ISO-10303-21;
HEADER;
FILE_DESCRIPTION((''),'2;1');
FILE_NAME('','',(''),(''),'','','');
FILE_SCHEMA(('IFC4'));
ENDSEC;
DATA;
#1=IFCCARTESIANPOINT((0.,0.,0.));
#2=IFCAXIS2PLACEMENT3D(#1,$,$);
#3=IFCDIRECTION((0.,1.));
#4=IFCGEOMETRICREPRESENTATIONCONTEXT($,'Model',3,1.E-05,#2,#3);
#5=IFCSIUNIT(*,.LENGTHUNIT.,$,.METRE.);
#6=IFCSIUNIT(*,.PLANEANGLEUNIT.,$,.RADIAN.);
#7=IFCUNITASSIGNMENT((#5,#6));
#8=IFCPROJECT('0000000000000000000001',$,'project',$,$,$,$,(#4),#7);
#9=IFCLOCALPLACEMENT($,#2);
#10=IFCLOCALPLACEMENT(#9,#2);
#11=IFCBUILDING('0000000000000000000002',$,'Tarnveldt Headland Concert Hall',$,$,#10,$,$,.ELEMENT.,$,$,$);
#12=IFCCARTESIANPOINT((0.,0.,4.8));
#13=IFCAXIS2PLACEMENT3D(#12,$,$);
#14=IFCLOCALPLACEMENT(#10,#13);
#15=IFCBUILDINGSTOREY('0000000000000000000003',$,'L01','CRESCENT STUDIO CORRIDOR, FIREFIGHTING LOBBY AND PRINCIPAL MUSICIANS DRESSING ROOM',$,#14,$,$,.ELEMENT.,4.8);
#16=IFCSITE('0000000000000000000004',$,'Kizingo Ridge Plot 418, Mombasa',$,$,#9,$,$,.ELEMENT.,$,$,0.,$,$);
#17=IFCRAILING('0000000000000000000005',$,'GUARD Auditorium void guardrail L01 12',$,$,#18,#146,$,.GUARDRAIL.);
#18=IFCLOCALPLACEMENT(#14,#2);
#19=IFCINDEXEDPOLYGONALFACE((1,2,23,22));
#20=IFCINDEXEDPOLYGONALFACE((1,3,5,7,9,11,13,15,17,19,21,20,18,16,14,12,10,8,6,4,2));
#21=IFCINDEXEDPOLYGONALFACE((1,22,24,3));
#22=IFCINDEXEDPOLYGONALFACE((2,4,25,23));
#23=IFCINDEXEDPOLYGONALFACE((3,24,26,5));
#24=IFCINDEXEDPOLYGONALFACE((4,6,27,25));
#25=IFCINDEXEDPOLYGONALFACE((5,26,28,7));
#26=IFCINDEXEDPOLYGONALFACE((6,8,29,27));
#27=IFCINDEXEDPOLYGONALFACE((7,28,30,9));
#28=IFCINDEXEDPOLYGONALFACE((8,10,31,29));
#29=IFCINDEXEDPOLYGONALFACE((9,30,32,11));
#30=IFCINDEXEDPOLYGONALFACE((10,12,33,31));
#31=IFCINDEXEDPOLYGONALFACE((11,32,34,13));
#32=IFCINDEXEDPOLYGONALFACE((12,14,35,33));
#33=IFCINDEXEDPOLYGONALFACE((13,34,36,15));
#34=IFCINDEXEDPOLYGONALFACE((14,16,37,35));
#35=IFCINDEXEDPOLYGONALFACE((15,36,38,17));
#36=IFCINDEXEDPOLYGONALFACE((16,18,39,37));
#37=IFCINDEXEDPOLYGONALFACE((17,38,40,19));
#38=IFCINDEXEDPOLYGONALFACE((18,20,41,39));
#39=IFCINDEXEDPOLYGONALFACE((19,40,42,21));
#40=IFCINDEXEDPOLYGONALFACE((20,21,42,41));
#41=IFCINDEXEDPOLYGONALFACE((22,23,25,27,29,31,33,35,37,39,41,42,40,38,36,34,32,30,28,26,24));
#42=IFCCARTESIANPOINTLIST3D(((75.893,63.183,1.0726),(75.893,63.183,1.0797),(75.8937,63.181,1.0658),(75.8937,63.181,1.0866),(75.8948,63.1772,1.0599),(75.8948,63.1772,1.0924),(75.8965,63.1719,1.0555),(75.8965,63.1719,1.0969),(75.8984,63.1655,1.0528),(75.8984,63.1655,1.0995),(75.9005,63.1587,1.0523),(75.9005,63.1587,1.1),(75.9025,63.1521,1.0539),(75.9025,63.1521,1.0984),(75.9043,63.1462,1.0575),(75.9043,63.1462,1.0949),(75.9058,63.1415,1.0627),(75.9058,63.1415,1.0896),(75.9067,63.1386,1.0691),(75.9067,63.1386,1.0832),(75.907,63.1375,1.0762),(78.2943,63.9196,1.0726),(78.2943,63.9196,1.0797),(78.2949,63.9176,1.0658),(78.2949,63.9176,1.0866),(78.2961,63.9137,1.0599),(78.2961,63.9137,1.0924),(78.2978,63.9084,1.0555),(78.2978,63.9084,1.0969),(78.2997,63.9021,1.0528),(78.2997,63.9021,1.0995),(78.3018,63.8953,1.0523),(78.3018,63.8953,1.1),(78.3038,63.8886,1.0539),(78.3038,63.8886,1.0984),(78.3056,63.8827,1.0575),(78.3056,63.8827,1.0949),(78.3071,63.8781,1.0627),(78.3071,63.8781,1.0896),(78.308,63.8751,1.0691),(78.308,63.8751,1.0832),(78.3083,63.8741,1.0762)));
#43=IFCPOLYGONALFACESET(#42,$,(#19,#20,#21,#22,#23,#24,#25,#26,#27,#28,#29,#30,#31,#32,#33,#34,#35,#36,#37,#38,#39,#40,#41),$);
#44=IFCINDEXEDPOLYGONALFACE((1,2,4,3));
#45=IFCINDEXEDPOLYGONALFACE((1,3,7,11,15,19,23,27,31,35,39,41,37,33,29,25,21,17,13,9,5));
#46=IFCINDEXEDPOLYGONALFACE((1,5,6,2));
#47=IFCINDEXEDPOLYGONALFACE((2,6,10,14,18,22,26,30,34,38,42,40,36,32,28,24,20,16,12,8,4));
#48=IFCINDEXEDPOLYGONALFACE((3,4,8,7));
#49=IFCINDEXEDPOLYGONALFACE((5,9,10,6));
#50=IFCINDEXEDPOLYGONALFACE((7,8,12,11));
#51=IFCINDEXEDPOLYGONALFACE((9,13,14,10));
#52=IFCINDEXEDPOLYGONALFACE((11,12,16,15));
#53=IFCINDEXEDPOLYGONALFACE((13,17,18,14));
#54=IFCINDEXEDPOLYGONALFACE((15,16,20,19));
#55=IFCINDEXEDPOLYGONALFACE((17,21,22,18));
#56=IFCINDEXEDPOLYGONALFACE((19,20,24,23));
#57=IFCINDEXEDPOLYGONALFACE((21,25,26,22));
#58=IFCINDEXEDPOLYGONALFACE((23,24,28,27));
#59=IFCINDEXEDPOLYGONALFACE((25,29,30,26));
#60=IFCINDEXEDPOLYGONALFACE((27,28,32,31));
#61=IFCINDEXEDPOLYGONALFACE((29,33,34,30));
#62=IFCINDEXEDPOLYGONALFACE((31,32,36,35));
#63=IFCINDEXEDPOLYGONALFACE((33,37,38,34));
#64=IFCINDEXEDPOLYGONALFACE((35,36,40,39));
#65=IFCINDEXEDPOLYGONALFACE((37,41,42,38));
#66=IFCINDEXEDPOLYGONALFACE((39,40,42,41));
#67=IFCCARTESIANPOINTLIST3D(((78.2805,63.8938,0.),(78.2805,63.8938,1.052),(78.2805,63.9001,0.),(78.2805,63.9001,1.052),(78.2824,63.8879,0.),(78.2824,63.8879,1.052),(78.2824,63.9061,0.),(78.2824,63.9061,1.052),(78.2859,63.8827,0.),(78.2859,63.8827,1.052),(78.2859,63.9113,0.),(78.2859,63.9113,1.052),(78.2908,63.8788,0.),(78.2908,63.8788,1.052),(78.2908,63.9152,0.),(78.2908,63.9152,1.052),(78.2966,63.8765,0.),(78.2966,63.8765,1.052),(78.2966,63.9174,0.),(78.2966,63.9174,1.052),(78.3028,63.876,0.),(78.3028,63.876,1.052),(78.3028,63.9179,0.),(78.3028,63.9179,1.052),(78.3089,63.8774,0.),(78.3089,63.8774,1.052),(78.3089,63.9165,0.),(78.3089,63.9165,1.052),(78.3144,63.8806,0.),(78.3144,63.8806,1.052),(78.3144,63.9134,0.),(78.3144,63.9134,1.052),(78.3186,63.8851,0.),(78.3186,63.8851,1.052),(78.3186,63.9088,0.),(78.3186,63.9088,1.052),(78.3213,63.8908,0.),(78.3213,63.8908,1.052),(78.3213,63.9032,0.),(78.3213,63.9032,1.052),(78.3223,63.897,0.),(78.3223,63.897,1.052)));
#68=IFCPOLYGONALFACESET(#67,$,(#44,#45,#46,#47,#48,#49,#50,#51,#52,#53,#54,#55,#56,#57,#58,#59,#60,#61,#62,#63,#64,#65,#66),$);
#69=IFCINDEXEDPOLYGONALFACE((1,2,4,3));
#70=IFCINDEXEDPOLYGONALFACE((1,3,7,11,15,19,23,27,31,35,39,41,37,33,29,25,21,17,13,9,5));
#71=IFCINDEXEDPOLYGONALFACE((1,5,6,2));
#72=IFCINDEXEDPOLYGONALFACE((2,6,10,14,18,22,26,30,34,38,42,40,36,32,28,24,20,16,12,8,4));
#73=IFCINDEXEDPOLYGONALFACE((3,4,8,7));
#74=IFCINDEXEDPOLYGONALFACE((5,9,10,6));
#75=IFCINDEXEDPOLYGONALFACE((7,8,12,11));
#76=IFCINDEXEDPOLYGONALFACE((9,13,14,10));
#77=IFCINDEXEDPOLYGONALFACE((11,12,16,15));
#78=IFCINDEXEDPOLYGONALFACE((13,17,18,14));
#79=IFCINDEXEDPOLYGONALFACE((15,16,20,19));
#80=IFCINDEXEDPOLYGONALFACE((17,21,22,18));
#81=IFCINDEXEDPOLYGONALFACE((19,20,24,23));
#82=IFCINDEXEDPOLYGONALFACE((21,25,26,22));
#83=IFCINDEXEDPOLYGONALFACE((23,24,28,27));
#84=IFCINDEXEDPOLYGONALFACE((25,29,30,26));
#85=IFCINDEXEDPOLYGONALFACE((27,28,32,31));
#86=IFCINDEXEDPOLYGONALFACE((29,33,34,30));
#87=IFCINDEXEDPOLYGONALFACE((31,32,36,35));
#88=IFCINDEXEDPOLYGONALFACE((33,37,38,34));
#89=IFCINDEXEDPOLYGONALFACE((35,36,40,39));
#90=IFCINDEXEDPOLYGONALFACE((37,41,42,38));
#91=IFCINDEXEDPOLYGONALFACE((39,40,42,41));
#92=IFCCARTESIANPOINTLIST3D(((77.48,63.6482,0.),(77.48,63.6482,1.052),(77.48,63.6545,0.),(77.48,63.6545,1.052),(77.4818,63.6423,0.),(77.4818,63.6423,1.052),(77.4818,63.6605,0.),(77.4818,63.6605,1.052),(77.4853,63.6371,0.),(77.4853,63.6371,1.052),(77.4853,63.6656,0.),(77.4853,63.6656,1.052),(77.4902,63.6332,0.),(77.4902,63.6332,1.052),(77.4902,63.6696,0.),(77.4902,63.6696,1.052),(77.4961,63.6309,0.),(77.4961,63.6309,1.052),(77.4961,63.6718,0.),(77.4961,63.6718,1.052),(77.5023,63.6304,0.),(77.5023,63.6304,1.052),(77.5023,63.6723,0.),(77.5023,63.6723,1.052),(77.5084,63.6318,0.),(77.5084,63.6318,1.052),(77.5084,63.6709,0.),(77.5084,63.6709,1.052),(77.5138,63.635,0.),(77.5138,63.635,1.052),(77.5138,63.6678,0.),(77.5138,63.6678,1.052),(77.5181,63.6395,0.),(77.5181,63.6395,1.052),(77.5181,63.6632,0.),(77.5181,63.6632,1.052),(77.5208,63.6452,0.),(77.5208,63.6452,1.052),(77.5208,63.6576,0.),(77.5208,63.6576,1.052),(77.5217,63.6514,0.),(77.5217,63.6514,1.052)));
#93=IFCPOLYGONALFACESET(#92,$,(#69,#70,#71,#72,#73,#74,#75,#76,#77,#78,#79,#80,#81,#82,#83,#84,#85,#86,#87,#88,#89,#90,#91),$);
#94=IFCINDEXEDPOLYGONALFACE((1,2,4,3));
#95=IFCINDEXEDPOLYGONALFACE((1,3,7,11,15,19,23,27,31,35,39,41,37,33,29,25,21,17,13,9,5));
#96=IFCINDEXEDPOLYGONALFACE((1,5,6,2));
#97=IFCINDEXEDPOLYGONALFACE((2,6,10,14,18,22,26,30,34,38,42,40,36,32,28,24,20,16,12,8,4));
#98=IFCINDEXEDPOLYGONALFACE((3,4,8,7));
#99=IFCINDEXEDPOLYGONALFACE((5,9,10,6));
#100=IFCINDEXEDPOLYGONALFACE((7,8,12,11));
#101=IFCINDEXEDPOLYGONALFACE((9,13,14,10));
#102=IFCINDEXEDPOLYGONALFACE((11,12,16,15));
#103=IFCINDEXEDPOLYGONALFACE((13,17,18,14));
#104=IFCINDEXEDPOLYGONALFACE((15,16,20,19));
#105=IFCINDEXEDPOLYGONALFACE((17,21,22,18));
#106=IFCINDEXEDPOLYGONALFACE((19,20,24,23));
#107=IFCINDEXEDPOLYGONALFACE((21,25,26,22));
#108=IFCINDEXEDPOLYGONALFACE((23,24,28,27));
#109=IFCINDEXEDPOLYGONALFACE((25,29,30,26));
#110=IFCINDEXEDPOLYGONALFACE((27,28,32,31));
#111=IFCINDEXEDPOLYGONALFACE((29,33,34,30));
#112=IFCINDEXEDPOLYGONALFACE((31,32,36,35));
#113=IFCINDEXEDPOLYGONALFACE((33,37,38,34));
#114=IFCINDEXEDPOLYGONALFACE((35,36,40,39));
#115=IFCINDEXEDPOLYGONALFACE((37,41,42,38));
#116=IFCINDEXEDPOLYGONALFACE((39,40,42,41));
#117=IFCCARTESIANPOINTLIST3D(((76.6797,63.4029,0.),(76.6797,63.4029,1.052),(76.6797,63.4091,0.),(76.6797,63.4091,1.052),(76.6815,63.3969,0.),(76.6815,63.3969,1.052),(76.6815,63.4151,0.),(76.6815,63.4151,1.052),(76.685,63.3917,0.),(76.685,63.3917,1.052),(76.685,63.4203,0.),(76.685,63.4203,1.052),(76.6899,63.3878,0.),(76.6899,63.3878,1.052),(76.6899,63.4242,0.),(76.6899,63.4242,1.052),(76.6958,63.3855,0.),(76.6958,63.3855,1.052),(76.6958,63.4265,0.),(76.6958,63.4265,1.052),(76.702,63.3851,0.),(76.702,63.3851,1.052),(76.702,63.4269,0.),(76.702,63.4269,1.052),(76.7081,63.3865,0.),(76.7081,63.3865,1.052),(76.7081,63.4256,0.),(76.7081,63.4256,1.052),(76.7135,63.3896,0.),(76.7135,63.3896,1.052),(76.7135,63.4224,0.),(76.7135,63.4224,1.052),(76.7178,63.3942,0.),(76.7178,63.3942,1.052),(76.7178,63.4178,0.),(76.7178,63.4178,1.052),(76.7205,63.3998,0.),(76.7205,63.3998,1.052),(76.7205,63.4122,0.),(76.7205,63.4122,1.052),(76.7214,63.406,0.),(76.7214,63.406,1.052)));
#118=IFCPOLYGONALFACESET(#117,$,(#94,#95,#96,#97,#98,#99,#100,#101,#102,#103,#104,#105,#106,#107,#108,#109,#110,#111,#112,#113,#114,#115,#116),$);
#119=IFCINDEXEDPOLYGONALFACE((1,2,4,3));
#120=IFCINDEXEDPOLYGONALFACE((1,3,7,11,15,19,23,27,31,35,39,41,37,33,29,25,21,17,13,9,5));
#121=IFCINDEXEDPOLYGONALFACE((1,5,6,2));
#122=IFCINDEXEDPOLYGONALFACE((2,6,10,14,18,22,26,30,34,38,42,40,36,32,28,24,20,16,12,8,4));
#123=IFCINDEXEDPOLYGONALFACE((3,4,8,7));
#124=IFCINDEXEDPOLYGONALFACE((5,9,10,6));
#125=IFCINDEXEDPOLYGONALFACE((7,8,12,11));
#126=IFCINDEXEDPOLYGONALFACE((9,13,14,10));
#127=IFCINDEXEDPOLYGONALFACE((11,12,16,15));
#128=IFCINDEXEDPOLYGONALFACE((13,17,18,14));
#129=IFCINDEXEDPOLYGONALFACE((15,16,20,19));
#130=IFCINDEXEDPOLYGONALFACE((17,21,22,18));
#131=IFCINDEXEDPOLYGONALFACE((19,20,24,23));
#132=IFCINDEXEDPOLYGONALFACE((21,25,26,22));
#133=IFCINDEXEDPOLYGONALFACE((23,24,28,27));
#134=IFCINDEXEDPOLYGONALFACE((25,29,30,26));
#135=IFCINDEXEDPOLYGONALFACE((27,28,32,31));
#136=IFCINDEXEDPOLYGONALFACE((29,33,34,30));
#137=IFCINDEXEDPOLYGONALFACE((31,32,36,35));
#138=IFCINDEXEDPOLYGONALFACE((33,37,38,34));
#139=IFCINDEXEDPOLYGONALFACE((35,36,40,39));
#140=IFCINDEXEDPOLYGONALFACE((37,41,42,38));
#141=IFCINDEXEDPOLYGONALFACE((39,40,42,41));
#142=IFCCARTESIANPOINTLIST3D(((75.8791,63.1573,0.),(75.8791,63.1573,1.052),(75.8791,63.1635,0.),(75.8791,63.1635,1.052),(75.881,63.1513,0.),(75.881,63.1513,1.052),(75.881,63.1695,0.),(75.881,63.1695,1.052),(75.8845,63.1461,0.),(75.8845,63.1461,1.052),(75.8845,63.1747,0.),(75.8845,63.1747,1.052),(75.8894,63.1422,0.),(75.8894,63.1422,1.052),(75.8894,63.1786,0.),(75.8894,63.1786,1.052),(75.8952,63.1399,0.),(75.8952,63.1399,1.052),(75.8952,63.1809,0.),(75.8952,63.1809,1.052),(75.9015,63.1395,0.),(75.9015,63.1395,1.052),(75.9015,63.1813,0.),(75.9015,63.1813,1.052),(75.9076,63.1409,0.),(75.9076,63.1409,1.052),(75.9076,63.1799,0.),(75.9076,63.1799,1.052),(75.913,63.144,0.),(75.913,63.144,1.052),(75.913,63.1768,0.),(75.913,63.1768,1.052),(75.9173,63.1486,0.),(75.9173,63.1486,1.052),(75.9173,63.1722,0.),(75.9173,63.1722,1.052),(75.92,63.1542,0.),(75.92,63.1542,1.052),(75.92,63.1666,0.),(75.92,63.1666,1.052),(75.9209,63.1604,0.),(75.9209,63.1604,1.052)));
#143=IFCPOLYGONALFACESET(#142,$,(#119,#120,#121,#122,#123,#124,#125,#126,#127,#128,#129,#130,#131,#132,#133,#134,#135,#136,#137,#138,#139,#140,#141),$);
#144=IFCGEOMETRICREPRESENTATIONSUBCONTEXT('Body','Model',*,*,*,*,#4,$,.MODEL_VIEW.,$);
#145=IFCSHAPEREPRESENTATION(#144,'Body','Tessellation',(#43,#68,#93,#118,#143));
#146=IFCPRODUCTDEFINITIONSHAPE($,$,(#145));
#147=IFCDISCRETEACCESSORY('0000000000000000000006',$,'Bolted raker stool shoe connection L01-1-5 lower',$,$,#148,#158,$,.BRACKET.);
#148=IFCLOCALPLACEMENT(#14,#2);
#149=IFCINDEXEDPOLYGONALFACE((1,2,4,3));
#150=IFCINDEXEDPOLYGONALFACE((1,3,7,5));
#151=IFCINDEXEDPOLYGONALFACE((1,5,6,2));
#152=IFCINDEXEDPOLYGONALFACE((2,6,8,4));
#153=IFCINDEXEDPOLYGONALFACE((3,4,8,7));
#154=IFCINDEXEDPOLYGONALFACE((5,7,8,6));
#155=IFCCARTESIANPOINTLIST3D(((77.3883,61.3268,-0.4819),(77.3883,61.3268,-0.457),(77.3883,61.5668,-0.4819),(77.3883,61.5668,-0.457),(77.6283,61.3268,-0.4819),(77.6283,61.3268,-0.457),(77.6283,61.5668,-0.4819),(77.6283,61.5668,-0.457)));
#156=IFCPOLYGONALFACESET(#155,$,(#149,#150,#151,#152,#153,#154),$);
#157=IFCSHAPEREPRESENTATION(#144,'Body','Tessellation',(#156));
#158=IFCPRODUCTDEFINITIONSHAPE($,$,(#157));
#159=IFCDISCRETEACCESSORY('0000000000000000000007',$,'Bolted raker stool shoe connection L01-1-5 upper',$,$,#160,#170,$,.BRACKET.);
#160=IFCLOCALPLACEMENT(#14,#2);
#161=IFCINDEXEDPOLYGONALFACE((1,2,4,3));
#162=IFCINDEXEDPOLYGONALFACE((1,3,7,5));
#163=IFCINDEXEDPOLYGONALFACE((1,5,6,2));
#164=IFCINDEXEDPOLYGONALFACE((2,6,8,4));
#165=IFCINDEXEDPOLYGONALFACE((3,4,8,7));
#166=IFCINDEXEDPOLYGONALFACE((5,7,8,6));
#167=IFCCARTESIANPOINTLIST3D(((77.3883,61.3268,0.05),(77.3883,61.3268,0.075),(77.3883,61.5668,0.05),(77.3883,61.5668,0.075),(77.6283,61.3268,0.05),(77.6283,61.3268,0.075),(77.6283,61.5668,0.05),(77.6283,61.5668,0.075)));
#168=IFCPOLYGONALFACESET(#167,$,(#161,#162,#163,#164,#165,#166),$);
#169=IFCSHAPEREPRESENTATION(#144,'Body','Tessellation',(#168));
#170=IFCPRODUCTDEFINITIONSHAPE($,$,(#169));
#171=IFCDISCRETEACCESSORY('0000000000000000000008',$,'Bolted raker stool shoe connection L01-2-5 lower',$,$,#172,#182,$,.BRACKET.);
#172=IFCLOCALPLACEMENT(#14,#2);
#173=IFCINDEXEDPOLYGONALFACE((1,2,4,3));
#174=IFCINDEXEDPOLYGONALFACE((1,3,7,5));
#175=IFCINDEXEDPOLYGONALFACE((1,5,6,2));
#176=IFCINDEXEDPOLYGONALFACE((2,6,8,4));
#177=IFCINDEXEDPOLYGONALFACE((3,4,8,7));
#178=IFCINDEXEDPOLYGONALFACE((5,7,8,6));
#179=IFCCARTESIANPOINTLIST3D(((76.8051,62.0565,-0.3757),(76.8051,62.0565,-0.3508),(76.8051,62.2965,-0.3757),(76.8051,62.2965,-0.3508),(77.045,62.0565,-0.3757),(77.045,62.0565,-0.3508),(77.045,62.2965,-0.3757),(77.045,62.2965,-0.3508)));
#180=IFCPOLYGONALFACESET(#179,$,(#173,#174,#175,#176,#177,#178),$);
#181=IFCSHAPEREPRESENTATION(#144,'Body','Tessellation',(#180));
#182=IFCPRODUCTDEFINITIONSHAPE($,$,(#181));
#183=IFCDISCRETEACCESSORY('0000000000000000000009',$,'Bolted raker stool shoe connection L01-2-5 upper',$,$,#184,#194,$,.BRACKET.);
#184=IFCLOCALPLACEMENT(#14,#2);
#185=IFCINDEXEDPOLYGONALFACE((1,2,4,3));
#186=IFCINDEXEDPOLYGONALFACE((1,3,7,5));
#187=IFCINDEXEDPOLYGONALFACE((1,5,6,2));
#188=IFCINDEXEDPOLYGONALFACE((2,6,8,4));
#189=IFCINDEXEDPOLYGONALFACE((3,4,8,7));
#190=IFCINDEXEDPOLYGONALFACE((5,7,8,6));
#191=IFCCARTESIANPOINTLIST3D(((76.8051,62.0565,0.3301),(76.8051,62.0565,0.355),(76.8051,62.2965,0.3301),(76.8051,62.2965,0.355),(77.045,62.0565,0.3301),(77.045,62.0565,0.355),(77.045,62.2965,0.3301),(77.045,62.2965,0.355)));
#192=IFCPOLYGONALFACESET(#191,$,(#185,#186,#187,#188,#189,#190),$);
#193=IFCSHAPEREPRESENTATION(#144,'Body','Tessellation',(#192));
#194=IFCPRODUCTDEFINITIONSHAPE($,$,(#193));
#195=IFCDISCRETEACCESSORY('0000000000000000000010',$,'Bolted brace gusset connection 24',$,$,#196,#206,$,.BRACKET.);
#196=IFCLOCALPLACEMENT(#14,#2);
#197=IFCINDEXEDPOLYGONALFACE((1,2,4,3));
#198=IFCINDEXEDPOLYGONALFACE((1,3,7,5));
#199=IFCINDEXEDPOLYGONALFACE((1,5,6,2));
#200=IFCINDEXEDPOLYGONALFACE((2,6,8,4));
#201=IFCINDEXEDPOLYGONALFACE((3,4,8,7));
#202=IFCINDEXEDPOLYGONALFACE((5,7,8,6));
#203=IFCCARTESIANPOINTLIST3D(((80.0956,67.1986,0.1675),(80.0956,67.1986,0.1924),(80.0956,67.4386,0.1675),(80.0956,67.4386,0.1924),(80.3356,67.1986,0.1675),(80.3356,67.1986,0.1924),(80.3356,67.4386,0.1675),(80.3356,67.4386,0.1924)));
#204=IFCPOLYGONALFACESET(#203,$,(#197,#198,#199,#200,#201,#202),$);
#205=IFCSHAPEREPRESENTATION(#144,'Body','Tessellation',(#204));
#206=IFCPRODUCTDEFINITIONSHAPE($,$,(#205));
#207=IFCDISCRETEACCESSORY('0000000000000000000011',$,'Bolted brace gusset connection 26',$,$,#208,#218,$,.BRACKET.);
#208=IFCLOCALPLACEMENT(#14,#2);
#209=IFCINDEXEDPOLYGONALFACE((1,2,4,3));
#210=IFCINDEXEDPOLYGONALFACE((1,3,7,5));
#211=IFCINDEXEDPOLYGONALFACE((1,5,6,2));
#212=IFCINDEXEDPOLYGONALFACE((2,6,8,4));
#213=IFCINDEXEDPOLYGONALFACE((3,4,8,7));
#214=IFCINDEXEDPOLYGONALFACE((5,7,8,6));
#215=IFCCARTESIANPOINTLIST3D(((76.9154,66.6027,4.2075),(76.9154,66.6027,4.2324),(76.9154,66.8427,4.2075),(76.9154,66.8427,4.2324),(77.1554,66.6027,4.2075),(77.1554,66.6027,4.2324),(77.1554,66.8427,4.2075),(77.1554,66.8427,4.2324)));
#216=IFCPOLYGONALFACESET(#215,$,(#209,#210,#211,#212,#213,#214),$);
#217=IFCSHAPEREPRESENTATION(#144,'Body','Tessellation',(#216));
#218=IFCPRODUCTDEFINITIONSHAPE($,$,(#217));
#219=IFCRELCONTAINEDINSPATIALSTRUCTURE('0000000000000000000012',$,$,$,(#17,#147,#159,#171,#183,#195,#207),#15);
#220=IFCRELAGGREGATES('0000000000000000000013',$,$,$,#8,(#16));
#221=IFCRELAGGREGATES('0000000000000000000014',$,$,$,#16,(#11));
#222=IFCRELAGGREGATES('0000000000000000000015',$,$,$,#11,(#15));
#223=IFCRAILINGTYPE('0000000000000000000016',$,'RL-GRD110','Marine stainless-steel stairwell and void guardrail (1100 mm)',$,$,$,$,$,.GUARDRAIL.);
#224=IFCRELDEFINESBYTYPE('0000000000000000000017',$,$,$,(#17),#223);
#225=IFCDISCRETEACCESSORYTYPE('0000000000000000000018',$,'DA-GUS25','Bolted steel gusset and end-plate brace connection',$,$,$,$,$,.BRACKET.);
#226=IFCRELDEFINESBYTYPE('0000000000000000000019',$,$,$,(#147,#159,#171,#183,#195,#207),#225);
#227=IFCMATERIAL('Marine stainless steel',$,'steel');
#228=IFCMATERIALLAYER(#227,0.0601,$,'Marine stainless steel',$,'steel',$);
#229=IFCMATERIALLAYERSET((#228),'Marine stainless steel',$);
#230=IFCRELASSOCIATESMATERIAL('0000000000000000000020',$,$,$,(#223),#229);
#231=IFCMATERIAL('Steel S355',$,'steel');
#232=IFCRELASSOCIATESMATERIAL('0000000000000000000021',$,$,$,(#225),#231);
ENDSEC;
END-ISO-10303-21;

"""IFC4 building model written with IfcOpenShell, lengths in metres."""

from ifc_helpers import new_model, si_unit, direction, frame, origin, origin_2d, place, context, subcontext, project, spatial, rectangle, circle, extrude, material, layer, layer_set, type_object, element, save


model = new_model("IFC4")

# Units and contexts
model_context = context("Model", 3, precision=1e-05, world=origin(), true_north=direction((0.0, 1.0)))
body_context = subcontext(model_context, "Body", "Model", "MODEL_VIEW")
ifc_project = project(units=[si_unit("LENGTHUNIT", "METRE"), si_unit("PLANEANGLEUNIT", "RADIAN")], contexts=[model_context])

# Site, building, storey
site_placement = place(None, origin())
site = spatial("IfcSite", under=ifc_project, at=site_placement, Name="Kizingo Ridge Plot 418, Mombasa", CompositionType="ELEMENT", RefElevation=0.0)
building_placement = place(site_placement, origin())
building = spatial("IfcBuilding", under=site, at=building_placement, Name="Tarnveldt Headland Concert Hall", CompositionType="ELEMENT")
storey_placement = place(building_placement, frame((0.0, 0.0, 4.8)))
storey = spatial("IfcBuildingStorey", under=building, at=storey_placement, Name="L01", Description="CRESCENT STUDIO CORRIDOR, FIREFIGHTING LOBBY AND PRINCIPAL MUSICIANS DRESSING ROOM", CompositionType="ELEMENT", Elevation=4.8)

# Shared definitions
ifc_material_1 = material(Name="Steel S355", Category="steel")

# Railing
ifc_material_2 = material(Name="Marine stainless steel", Category="steel")
ifc_layer_1 = layer(ifc_material_2, 0.0601, Name="Marine stainless steel", Category="steel")
ifc_layer_set_1 = layer_set([ifc_layer_1], Name="Marine stainless steel")
railing_type = type_object("IfcRailingType", Name="RL-GRD110", Description="Marine stainless-steel stairwell and void guardrail (1100 mm)", PredefinedType="GUARDRAIL", material=ifc_layer_set_1)
railing_1_placement = place(storey_placement, frame((78.3013, 63.897, 0.0)))
element("IfcRailing", 1, at=railing_1_placement, inside=storey, type_object=railing_type, Name="GUARD Auditorium void guardrail L01 12", PredefinedType="GUARDRAIL", context=body_context, shape_type="SweptSolid", body=[
    extrude(circle(Radius=0.0239, at=origin_2d()), frame((0.0, 0.0, 1.0762), z_axis=(-0.956037, -0.293246, 0.0), x_axis=(0.293246, -0.956037, 0.0)), (0.0, 0.0, 1.0), 2.5117),
    extrude(circle(Radius=0.021, at=origin_2d()), origin(), (0.0, 0.0, 1.0), 1.052),
    extrude(circle(Radius=0.021, at=origin_2d()), frame((-0.8005, -0.2456, 0.0)), (0.0, 0.0, 1.0), 1.052),
    extrude(circle(Radius=0.021, at=origin_2d()), frame((-1.6008, -0.491, 0.0)), (0.0, 0.0, 1.0), 1.052),
    extrude(circle(Radius=0.021, at=origin_2d()), frame((-2.4014, -0.7366, 0.0)), (0.0, 0.0, 1.0), 1.052),
])

# Discrete accessories
discrete_accessory_type = type_object("IfcDiscreteAccessoryType", Name="DA-GUS25", Description="Bolted steel gusset and end-plate brace connection", PredefinedType="BRACKET", material=ifc_material_1)
for number, where, z_axis, x_axis, name in (
    (2, (77.5083, 61.4468, -0.4819), (0.0, 0.0, 1.0), (1.0, 0.0, 0.0), "Bolted raker stool shoe connection L01-1-5 lower"),
    (3, (77.5083, 61.4468, 0.05), (0.0, 0.0, 1.0), (1.0, 0.0, 0.0), "Bolted raker stool shoe connection L01-1-5 upper"),
    (4, (76.925, 62.1765, -0.3757), (0.0, 0.0, 1.0), (1.0, 0.0, 0.0), "Bolted raker stool shoe connection L01-2-5 lower"),
    (5, (76.925, 62.1765, 0.3301), (0.0, 0.0, 1.0), (1.0, 0.0, 0.0), "Bolted raker stool shoe connection L01-2-5 upper"),
    (6, (80.2156, 67.3186, 0.1675), (0.0, 0.0, 1.0), (1.0, 0.0, 0.0), "Bolted brace gusset connection 24"),
    (7, (77.0354, 66.7227, 4.2075), (0.0, 0.0, 1.0), (1.0, 0.0, 0.0), "Bolted brace gusset connection 26"),
):
    element("IfcDiscreteAccessory", number, at=place(storey_placement, frame(where, z_axis=z_axis, x_axis=x_axis)), inside=storey, type_object=discrete_accessory_type, Name=name, PredefinedType="BRACKET", context=body_context, shape_type="SweptSolid", body=[
        extrude(rectangle(XDim=0.24, YDim=0.24, at=origin_2d()), origin(), (0.0, 0.0, 1.0), 0.0249),
    ])

save(model, "model.ifc")
